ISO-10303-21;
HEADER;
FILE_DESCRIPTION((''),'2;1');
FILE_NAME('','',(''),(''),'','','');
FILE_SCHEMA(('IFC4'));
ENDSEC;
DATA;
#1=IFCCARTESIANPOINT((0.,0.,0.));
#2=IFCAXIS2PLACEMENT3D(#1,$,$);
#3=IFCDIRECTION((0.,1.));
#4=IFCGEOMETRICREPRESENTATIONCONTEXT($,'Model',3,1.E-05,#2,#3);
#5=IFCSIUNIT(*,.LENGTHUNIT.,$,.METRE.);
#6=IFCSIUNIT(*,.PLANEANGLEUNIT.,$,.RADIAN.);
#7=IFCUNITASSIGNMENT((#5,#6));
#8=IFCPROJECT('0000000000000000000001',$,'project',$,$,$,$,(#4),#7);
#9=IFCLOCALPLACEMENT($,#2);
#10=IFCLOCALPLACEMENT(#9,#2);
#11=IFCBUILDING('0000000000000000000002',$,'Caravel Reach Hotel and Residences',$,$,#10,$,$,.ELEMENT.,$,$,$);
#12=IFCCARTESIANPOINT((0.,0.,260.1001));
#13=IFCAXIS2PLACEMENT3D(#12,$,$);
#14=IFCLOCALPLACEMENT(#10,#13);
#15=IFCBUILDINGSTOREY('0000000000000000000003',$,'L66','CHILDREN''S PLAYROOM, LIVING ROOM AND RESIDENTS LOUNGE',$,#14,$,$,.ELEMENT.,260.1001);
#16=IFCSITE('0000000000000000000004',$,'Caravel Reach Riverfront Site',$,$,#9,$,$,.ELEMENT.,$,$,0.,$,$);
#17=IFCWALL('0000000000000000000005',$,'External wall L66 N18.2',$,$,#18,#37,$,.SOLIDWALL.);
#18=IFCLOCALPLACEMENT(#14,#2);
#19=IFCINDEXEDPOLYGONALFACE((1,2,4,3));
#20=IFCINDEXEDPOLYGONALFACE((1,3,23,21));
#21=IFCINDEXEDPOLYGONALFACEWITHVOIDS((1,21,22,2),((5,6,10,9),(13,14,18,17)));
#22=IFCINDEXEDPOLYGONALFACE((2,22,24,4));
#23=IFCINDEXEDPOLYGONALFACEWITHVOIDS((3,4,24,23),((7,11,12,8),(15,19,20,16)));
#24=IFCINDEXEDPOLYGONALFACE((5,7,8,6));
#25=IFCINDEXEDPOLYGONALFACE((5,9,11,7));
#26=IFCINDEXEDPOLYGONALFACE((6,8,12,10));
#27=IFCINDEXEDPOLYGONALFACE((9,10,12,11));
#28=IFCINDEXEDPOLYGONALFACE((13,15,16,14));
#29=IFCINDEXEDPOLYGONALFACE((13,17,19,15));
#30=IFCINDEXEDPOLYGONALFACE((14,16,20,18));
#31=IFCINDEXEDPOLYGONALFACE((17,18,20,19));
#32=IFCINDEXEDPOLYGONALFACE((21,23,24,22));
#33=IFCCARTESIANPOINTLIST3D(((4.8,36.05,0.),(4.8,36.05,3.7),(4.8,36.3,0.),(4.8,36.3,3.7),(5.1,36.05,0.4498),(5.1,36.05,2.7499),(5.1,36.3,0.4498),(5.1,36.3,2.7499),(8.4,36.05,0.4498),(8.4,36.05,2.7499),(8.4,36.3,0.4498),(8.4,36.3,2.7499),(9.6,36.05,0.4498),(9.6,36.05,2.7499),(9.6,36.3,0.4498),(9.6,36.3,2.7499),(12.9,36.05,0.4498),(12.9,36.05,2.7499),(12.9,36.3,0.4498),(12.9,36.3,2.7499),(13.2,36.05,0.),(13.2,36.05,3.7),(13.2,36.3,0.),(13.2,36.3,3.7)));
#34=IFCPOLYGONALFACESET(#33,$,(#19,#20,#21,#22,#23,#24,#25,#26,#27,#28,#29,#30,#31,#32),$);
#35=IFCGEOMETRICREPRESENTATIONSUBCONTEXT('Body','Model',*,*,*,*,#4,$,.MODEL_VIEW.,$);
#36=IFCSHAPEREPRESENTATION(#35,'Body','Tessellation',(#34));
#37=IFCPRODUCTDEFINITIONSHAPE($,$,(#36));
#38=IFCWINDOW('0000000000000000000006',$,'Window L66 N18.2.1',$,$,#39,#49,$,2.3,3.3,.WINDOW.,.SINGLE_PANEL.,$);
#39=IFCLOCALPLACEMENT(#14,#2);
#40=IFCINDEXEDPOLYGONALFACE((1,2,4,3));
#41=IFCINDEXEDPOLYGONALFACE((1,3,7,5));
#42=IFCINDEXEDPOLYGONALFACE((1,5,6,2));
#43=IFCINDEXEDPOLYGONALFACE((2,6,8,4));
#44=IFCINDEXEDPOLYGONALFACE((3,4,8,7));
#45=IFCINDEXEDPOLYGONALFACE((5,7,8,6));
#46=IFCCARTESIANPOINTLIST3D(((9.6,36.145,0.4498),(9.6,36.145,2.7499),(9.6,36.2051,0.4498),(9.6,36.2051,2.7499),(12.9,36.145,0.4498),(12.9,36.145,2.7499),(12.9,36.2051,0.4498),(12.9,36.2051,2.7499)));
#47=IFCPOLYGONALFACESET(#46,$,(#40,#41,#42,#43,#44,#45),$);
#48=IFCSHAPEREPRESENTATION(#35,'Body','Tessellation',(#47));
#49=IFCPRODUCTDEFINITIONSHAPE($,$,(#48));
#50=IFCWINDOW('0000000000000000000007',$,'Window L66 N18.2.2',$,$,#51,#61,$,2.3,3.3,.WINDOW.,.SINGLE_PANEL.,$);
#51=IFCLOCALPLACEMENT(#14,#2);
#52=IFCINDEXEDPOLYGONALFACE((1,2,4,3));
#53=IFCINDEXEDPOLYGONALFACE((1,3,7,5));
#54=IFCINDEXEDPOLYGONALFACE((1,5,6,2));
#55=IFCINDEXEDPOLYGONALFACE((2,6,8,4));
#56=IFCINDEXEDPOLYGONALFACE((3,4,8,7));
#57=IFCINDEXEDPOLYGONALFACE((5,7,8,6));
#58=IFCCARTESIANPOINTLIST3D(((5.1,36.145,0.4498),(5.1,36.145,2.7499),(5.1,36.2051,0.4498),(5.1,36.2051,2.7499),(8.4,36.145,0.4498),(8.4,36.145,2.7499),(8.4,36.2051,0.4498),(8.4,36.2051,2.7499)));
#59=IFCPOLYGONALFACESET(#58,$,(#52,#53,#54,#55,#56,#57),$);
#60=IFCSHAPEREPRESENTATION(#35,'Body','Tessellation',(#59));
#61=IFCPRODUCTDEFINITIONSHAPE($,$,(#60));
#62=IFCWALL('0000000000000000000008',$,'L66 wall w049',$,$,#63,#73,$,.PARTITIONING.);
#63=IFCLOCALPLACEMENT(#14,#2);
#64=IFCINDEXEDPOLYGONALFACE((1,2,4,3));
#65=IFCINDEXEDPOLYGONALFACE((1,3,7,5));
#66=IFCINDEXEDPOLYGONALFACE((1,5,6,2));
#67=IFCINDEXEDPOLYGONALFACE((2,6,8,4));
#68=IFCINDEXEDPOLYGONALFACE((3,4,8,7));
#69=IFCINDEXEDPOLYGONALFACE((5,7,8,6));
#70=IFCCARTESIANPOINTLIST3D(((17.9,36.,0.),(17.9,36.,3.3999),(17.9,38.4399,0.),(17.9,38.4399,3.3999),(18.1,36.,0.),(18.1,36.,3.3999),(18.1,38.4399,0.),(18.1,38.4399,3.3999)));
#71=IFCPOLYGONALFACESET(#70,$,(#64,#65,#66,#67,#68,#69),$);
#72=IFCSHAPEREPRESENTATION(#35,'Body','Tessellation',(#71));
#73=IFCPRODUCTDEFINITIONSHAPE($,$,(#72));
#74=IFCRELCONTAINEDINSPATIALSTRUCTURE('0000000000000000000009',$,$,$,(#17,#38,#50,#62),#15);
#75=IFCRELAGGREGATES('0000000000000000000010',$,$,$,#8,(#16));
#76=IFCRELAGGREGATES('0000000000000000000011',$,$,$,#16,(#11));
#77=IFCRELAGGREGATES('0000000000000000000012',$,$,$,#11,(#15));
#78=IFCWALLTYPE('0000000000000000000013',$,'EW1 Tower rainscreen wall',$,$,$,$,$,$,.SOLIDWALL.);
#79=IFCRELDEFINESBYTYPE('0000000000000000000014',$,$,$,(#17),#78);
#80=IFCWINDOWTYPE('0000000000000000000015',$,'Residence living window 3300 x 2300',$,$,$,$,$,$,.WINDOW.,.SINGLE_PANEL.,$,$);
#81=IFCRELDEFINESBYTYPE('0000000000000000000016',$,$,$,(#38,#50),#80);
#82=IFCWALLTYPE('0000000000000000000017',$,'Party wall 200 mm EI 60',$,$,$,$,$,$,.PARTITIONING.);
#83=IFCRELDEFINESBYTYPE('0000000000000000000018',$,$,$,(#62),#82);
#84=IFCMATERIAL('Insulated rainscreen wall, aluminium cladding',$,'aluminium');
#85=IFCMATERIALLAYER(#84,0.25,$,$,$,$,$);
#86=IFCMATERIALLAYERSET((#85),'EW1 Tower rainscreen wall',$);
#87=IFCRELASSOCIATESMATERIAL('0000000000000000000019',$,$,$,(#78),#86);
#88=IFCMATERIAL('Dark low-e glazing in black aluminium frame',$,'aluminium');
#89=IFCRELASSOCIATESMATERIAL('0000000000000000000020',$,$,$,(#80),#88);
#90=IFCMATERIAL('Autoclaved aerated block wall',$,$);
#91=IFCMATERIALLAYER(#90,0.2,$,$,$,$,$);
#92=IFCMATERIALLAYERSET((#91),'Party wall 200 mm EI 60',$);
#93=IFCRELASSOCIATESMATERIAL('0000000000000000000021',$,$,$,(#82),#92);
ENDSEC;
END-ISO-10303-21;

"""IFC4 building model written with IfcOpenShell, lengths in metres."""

from ifc_helpers import new_model, si_unit, direction, frame, frame_2d, origin, place, context, subcontext, project, spatial, rectangle, extrude, material, layer, layer_set, type_object, element, fill, save


model = new_model("IFC4")

# Units and contexts
model_context = context("Model", 3, precision=1e-05, world=origin(), true_north=direction((0.0, 1.0)))
body_context = subcontext(model_context, "Body", "Model", "MODEL_VIEW")
ifc_project = project(units=[si_unit("LENGTHUNIT", "METRE"), si_unit("PLANEANGLEUNIT", "RADIAN")], contexts=[model_context])

# Site, building, storey
site_placement = place(None, origin())
site = spatial("IfcSite", under=ifc_project, at=site_placement, Name="Caravel Reach Riverfront Site", CompositionType="ELEMENT", RefElevation=0.0)
building_placement = place(site_placement, origin())
building = spatial("IfcBuilding", under=site, at=building_placement, Name="Caravel Reach Hotel and Residences", CompositionType="ELEMENT")
storey_placement = place(building_placement, frame((0.0, 0.0, 260.1001)))
storey = spatial("IfcBuildingStorey", under=building, at=storey_placement, Name="L66", Description="CHILDREN'S PLAYROOM, LIVING ROOM AND RESIDENTS LOUNGE", CompositionType="ELEMENT", Elevation=260.1001)

# Shared definitions
ifc_material_1 = material(Name="Insulated rainscreen wall, aluminium cladding", Category="aluminium")
ifc_layer_1 = layer(ifc_material_1, 0.25)
ifc_layer_set_1 = layer_set([ifc_layer_1], Name="EW1 Tower rainscreen wall")
wall_type_1 = type_object("IfcWallType", Name="EW1 Tower rainscreen wall", PredefinedType="SOLIDWALL", material=ifc_layer_set_1)

# Wall, openings, windows
wall_1_placement = place(storey_placement, frame((13.2, 36.175, 0.0), z_axis=(0.0, 0.0, 1.0), x_axis=(-1.0, 0.0, 0.0)))
wall_1 = element("IfcWall", 1, at=wall_1_placement, inside=storey, type_object=wall_type_1, Name="External wall L66 N18.2", PredefinedType="SOLIDWALL", context=body_context, shape_type="SweptSolid", body=[
    extrude(rectangle(XDim=8.3999, YDim=0.25, at=frame_2d((4.2, 0.0))), origin(), (0.0, 0.0, 1.0), 3.7),
])
opening_1_placement = place(wall_1_placement, frame((0.3, 0.0, 0.45)))
opening_1 = element("IfcOpeningElement", 2, at=opening_1_placement, cuts=wall_1, PredefinedType="OPENING", context=body_context, shape_type="SweptSolid", body=[
    extrude(rectangle(XDim=3.3, YDim=2.3, at=frame_2d((1.6499, 1.1499))), frame((0.0, 0.135, 0.0), z_axis=(0.0, -1.0, 0.0), x_axis=(1.0, 0.0, 0.0)), (0.0, 0.0, 1.0), 0.27),
])
opening_2_placement = place(wall_1_placement, frame((4.8, 0.0, 0.45)))
opening_2 = element("IfcOpeningElement", 3, at=opening_2_placement, cuts=wall_1, PredefinedType="OPENING", context=body_context, shape_type="SweptSolid", body=[
    extrude(rectangle(XDim=3.3, YDim=2.3, at=frame_2d((1.6499, 1.1499))), frame((0.0, 0.135, 0.0), z_axis=(0.0, -1.0, 0.0), x_axis=(1.0, 0.0, 0.0)), (0.0, 0.0, 1.0), 0.27),
])
ifc_material_2 = material(Name="Dark low-e glazing in black aluminium frame", Category="aluminium")
window_type_1 = type_object("IfcWindowType", Name="Residence living window 3300 x 2300", PartitioningType="SINGLE_PANEL", PredefinedType="WINDOW", material=ifc_material_2)
window_1_placement = place(opening_1_placement, origin())
window_1 = element("IfcWindow", 4, at=window_1_placement, inside=storey, type_object=window_type_1, Name="Window L66 N18.2.1", OverallHeight=2.3, OverallWidth=3.3, PartitioningType="SINGLE_PANEL", PredefinedType="WINDOW", context=body_context, shape_type="SweptSolid", body=[
    extrude(rectangle(XDim=3.3, YDim=2.3, at=frame_2d((1.6499, 1.1499))), frame((0.0, 0.03, 0.0), z_axis=(0.0, -1.0, 0.0), x_axis=(1.0, 0.0, 0.0)), (0.0, 0.0, 1.0), 0.0601),
])
fill(opening_1, window_1)
window_2_placement = place(opening_2_placement, origin())
window_2 = element("IfcWindow", 5, at=window_2_placement, inside=storey, type_object=window_type_1, Name="Window L66 N18.2.2", OverallHeight=2.3, OverallWidth=3.3, PartitioningType="SINGLE_PANEL", PredefinedType="WINDOW", context=body_context, shape_type="SweptSolid", body=[
    extrude(rectangle(XDim=3.3, YDim=2.3, at=frame_2d((1.6499, 1.1499))), frame((0.0, 0.03, 0.0), z_axis=(0.0, -1.0, 0.0), x_axis=(1.0, 0.0, 0.0)), (0.0, 0.0, 1.0), 0.0601),
])
fill(opening_2, window_2)

# Wall
ifc_material_3 = material(Name="Autoclaved aerated block wall")
ifc_layer_2 = layer(ifc_material_3, 0.2)
ifc_layer_set_2 = layer_set([ifc_layer_2], Name="Party wall 200 mm EI 60")
wall_type_2 = type_object("IfcWallType", Name="Party wall 200 mm EI 60", PredefinedType="PARTITIONING", material=ifc_layer_set_2)
wall_2_placement = place(storey_placement, frame((18.0, 36.0, 0.0), z_axis=(0.0, 0.0, 1.0), x_axis=(0.0, 1.0, 0.0)))
element("IfcWall", 6, at=wall_2_placement, inside=storey, type_object=wall_type_2, Name="L66 wall w049", PredefinedType="PARTITIONING", context=body_context, shape_type="SweptSolid", body=[
    extrude(rectangle(XDim=2.4399, YDim=0.2, at=frame_2d((1.22, 0.0))), origin(), (0.0, 0.0, 1.0), 3.3999),
])

save(model, "model.ifc")
